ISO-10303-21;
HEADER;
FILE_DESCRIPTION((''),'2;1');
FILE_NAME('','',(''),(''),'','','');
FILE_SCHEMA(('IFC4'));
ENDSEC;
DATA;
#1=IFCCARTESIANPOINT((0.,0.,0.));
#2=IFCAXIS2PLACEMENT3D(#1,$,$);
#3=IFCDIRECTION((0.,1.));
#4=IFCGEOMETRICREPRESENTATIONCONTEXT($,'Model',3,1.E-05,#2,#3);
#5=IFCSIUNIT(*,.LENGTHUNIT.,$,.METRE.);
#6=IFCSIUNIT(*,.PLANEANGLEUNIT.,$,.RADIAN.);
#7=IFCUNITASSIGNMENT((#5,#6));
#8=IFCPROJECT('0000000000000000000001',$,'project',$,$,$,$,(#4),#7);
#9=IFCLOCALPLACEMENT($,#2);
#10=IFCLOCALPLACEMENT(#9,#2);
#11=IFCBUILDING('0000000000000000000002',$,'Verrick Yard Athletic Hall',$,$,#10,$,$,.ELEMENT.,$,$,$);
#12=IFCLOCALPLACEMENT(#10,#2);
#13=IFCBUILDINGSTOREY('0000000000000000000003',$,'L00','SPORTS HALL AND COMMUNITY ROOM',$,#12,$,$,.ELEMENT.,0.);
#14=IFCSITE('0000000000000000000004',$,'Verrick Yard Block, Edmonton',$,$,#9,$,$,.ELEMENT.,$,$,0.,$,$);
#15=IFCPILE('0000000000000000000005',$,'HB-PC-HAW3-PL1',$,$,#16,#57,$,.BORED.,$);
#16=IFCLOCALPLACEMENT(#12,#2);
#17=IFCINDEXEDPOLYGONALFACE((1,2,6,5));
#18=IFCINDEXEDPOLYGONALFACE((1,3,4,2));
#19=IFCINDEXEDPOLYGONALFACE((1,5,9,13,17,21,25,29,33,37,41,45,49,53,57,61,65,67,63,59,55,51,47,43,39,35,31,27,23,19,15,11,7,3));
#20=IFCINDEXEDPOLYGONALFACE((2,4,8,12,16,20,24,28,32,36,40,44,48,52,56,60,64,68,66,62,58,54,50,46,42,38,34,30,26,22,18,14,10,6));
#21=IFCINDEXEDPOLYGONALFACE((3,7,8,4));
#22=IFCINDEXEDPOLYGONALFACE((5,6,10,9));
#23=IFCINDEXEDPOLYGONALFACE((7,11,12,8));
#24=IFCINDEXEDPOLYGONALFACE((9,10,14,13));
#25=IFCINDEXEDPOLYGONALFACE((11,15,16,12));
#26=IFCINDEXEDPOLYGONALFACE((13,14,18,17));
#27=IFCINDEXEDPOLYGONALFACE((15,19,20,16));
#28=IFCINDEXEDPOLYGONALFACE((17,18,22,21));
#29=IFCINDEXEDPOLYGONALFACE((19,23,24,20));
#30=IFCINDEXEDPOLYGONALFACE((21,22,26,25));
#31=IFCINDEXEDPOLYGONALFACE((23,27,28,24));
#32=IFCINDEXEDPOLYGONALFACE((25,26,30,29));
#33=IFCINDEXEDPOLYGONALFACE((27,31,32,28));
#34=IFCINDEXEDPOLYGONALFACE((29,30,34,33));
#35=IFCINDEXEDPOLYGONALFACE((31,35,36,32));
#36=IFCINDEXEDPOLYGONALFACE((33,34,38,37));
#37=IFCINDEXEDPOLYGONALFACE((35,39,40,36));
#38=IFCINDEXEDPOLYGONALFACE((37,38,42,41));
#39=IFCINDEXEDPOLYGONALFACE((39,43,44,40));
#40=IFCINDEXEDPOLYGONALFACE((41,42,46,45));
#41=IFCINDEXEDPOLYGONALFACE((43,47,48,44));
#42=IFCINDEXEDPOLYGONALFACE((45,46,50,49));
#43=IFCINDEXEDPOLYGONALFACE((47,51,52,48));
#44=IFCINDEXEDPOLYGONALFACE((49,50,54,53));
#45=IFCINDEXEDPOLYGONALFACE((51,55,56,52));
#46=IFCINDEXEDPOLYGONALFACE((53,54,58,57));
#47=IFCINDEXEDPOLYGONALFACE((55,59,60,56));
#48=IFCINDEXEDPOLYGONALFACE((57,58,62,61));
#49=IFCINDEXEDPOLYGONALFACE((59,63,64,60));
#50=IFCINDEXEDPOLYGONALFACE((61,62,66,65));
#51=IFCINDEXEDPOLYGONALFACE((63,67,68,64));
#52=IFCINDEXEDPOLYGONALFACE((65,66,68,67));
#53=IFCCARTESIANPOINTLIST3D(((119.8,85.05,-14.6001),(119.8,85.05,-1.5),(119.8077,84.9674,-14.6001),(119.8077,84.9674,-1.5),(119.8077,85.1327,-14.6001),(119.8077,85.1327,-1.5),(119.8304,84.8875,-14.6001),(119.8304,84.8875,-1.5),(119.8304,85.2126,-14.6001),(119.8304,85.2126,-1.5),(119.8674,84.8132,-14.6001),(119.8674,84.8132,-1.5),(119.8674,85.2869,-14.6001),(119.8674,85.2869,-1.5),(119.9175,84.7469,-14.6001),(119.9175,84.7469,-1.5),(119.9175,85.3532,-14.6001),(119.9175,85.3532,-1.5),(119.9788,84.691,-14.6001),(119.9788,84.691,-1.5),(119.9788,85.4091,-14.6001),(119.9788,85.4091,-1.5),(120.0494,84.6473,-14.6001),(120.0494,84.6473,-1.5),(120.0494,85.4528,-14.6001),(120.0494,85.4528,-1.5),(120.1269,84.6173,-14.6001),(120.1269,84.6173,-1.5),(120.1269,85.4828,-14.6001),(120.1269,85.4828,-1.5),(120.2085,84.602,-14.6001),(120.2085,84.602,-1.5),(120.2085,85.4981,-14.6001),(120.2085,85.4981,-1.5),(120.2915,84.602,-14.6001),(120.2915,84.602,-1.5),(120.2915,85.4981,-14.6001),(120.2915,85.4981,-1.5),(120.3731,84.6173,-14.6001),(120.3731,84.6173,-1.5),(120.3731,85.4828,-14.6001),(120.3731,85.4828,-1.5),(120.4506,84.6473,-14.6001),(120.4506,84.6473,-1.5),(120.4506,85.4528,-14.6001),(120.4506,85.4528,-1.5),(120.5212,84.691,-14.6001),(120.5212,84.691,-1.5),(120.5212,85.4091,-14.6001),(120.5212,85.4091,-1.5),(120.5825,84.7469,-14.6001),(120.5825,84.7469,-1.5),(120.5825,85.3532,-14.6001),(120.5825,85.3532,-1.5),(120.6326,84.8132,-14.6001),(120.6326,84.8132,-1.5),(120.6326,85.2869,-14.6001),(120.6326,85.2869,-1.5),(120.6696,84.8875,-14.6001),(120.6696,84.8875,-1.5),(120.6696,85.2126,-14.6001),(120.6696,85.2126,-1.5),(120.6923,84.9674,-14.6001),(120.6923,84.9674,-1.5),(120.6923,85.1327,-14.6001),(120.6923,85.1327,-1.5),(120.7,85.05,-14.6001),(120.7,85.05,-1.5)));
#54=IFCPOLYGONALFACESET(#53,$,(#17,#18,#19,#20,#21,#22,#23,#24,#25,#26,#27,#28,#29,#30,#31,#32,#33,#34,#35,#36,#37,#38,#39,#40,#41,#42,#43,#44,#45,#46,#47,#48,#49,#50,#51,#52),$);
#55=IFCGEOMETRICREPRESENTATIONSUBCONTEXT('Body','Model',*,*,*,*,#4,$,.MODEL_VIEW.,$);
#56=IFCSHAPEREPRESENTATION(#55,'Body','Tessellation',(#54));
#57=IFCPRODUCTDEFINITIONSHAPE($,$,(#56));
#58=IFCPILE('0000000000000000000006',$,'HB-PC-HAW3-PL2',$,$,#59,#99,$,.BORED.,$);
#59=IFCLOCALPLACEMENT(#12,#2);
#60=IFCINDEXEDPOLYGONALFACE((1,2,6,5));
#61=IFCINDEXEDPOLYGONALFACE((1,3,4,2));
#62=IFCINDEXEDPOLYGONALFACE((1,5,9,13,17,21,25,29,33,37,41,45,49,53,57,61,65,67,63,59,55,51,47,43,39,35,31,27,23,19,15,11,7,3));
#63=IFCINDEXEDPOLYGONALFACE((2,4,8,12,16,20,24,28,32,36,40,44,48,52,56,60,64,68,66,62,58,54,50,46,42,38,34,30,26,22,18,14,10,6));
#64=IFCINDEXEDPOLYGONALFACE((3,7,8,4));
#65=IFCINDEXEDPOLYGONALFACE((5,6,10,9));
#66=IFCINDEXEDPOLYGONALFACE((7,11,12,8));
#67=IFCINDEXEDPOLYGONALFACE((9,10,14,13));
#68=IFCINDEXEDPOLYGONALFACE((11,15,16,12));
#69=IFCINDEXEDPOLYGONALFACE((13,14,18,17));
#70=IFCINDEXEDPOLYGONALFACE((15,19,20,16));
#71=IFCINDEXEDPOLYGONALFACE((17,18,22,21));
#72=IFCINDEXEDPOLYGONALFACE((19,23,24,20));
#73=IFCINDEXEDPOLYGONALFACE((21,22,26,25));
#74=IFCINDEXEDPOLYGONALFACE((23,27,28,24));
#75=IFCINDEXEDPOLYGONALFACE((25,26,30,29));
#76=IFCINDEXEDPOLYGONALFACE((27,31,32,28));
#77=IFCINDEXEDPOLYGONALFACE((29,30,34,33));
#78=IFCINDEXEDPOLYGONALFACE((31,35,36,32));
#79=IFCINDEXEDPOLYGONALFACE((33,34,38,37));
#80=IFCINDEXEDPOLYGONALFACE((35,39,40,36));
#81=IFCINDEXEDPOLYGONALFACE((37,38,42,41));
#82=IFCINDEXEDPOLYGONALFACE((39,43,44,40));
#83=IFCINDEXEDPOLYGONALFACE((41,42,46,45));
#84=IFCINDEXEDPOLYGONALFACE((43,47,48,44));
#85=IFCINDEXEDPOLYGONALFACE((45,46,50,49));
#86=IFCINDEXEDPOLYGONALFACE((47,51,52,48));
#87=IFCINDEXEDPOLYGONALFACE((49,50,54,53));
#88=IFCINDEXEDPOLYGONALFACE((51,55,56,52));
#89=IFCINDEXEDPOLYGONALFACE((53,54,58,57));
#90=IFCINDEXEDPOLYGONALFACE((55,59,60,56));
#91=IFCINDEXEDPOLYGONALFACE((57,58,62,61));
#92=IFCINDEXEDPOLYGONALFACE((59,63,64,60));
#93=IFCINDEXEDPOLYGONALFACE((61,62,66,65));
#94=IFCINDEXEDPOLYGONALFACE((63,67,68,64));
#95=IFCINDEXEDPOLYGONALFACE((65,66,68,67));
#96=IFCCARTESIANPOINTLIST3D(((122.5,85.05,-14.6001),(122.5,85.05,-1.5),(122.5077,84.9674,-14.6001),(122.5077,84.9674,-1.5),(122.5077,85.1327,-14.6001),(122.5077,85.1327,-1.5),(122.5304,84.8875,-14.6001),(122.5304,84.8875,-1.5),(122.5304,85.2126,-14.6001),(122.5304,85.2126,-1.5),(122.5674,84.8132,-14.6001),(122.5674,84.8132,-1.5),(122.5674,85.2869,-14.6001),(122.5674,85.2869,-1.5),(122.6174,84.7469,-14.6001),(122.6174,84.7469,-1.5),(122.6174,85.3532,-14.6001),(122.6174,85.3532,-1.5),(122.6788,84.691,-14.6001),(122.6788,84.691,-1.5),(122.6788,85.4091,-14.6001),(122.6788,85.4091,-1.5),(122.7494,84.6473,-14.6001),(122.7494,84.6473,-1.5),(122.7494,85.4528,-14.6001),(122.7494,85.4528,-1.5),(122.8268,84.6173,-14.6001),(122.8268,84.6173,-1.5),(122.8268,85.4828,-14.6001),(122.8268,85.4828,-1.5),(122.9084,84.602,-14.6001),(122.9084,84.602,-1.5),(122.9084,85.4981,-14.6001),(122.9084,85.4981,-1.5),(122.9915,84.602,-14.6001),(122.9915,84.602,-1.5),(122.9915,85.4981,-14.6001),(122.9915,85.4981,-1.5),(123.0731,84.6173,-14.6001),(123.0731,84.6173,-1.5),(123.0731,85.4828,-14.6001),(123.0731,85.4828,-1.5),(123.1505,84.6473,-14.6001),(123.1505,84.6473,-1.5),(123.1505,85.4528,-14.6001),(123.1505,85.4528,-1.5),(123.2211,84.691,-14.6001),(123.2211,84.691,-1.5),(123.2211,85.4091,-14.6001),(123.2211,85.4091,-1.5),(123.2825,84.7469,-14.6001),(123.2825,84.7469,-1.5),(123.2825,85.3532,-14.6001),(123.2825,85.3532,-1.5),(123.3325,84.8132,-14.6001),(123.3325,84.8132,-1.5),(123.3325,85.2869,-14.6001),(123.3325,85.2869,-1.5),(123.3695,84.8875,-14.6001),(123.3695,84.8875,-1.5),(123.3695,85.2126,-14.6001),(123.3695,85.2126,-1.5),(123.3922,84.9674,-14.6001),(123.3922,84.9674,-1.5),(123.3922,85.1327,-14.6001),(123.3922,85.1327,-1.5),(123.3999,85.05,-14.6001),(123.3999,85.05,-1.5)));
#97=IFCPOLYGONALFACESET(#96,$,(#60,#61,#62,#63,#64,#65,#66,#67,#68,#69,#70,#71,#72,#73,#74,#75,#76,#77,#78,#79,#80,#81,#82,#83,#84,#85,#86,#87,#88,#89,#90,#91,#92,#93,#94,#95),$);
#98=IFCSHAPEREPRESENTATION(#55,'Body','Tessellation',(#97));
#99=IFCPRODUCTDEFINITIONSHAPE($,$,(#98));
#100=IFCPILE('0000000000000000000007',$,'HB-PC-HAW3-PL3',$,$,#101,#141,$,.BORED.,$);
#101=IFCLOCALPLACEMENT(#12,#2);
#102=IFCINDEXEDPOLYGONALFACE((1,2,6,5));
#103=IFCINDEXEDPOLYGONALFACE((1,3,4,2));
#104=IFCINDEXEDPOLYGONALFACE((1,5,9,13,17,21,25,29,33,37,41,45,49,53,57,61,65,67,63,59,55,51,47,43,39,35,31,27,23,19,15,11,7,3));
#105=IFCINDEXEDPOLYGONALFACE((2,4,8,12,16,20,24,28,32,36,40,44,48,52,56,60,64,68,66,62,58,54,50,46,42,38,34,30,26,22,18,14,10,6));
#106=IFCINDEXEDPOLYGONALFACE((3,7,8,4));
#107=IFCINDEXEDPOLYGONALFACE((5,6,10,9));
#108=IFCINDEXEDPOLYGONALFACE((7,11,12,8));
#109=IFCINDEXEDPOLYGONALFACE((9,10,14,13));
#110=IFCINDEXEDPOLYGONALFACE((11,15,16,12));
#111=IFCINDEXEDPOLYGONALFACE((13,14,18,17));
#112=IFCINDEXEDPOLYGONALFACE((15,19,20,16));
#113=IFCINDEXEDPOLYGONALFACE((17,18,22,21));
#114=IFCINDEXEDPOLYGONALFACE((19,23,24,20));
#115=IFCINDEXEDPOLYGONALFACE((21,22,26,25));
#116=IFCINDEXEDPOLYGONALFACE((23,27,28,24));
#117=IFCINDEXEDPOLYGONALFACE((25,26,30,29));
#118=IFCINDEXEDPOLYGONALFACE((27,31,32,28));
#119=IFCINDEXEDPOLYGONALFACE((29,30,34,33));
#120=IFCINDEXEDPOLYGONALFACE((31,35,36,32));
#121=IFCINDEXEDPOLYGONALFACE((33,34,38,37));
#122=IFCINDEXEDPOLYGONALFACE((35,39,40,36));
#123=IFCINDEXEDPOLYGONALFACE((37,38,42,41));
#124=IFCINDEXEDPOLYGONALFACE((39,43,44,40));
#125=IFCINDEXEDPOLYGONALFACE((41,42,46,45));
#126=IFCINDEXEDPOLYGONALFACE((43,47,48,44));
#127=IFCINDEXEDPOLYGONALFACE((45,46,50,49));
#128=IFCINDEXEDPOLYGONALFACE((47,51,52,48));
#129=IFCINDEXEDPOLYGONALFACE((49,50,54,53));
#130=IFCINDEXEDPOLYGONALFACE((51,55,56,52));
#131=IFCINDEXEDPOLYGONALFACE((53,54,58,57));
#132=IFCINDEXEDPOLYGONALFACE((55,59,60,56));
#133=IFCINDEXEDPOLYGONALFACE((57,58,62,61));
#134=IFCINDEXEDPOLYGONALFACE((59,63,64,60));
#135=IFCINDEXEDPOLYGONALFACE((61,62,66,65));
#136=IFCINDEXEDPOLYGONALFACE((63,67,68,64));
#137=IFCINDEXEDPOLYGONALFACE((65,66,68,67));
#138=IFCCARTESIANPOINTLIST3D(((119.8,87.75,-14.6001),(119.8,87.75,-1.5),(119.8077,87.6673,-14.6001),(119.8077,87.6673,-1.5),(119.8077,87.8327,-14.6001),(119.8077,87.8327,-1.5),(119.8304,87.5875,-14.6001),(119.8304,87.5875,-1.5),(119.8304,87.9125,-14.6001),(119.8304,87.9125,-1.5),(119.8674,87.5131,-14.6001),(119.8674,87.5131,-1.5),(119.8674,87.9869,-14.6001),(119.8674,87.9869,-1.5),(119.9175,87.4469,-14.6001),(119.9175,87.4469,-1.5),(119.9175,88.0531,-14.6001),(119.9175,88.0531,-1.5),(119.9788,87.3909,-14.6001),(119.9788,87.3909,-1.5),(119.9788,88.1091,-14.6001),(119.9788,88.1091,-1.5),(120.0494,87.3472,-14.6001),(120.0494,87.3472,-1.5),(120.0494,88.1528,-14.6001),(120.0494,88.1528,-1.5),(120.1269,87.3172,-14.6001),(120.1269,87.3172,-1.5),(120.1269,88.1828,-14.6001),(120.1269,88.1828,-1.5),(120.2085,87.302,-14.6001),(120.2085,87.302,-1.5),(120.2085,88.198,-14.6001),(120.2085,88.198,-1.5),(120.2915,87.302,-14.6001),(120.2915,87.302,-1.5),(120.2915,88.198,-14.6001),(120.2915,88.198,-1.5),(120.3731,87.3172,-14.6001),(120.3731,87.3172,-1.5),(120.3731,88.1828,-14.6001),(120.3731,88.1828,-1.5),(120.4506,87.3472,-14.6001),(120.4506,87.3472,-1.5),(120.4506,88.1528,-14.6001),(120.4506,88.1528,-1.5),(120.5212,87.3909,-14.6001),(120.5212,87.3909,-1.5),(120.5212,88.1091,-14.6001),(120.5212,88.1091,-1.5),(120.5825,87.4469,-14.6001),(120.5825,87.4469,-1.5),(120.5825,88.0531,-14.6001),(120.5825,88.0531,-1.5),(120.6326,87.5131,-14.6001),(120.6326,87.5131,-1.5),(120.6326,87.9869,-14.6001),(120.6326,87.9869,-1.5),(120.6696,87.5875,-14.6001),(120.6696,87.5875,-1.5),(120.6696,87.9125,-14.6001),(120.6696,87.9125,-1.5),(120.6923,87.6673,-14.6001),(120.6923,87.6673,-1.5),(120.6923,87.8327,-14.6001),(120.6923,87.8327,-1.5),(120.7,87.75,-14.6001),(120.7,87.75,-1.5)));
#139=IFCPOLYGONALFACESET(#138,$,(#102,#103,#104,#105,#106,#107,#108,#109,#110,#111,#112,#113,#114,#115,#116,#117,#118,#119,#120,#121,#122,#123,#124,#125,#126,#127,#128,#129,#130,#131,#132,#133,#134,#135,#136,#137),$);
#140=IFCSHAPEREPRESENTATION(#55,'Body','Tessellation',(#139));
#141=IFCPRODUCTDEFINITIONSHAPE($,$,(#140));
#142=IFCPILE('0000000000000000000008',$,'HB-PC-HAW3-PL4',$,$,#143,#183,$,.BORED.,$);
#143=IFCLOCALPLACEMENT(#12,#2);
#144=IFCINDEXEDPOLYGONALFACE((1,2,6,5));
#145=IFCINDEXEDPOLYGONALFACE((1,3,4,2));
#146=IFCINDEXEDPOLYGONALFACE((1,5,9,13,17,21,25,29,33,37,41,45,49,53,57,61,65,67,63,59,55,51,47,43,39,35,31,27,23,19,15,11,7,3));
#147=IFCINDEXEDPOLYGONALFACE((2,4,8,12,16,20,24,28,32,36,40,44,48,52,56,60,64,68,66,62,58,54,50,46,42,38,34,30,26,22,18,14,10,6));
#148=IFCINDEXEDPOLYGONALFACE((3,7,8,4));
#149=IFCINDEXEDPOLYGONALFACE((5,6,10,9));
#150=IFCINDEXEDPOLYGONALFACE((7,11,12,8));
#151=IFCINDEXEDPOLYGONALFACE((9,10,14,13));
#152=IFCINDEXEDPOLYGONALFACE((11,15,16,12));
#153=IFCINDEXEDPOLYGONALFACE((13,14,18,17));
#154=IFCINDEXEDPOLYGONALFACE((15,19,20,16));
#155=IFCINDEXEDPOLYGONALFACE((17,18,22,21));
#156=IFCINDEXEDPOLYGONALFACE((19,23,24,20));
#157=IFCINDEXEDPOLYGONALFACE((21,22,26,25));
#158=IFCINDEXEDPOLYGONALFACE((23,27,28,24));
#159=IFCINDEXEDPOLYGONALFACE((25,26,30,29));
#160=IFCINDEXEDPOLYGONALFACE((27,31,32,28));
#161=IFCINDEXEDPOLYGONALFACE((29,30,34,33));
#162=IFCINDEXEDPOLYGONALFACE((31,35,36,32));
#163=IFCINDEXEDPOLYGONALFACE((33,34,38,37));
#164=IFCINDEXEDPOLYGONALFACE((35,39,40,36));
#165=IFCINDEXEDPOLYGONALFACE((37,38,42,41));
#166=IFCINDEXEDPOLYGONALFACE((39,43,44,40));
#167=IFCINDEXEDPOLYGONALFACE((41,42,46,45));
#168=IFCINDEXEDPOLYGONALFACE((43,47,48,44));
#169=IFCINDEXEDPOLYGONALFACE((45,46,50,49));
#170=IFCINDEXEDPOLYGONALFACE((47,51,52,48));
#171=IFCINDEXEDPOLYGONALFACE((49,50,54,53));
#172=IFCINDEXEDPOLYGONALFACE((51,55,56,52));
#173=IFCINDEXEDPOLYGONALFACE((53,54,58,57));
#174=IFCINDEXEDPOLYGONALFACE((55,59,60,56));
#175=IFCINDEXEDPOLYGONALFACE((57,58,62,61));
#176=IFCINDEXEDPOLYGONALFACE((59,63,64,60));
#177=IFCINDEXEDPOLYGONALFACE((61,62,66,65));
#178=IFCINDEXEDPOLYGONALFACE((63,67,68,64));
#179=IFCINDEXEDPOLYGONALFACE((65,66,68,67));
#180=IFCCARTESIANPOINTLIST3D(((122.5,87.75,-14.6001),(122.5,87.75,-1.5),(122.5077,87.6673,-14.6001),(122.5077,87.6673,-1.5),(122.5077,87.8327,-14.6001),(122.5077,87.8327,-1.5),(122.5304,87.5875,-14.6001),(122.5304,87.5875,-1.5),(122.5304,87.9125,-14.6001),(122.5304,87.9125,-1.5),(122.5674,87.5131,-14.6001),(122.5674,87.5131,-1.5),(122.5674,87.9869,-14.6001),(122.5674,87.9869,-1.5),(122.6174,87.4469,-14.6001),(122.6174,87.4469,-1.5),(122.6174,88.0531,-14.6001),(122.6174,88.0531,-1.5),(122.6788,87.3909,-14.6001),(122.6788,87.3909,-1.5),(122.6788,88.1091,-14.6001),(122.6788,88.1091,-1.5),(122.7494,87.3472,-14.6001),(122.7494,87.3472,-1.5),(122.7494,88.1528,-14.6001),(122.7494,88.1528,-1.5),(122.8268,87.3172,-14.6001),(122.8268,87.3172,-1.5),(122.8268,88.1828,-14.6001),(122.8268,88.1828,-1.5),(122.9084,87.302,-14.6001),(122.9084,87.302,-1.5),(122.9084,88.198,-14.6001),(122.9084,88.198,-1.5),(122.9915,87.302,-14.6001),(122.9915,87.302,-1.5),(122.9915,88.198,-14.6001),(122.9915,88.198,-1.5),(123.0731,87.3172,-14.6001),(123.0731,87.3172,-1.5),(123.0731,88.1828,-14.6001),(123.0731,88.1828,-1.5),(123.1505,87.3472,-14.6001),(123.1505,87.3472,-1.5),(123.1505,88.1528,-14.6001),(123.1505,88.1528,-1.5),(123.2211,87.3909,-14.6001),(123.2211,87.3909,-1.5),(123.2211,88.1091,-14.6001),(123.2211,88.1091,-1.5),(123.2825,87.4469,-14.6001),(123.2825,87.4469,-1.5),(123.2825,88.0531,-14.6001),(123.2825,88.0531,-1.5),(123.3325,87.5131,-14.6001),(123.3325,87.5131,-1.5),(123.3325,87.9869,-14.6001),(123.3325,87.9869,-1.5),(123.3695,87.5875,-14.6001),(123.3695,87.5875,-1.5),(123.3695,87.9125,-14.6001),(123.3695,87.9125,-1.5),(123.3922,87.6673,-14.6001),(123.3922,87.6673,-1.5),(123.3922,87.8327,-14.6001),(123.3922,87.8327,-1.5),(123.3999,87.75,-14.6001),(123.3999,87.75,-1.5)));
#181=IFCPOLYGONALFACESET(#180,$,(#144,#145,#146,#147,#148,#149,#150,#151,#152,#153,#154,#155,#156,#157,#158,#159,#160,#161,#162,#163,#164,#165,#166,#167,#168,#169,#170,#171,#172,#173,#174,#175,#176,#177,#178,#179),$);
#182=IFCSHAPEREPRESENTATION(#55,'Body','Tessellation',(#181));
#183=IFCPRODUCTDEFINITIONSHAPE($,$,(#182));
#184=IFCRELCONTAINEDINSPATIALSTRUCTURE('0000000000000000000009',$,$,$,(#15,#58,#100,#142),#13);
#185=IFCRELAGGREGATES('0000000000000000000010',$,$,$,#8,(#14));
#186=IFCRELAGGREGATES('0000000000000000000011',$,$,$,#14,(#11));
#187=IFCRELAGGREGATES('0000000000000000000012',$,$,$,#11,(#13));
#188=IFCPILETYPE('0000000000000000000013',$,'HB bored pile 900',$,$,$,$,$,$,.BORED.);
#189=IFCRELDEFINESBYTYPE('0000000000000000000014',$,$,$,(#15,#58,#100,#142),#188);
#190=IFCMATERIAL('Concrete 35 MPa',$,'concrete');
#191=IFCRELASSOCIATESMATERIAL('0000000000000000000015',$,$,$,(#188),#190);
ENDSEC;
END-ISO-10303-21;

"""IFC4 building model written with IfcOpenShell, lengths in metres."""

from ifc_helpers import new_model, si_unit, direction, frame, origin, origin_2d, place, context, subcontext, project, spatial, circle, extrude, material, material_profile, profile_set, type_object, element, save


model = new_model("IFC4")

# Units and contexts
model_context = context("Model", 3, precision=1e-05, world=origin(), true_north=direction((0.0, 1.0)))
body_context = subcontext(model_context, "Body", "Model", "MODEL_VIEW")
ifc_project = project(units=[si_unit("LENGTHUNIT", "METRE"), si_unit("PLANEANGLEUNIT", "RADIAN")], contexts=[model_context])

# Site, building, storey
site_placement = place(None, origin())
site = spatial("IfcSite", under=ifc_project, at=site_placement, Name="Verrick Yard Block, Edmonton", CompositionType="ELEMENT", RefElevation=0.0)
building_placement = place(site_placement, origin())
building = spatial("IfcBuilding", under=site, at=building_placement, Name="Verrick Yard Athletic Hall", CompositionType="ELEMENT")
storey_placement = place(building_placement, origin())
storey = spatial("IfcBuildingStorey", under=building, at=storey_placement, Name="L00", Description="SPORTS HALL AND COMMUNITY ROOM", CompositionType="ELEMENT", Elevation=0.0)

# Piles
ifc_material_1 = material(Name="Concrete 35 MPa", Category="concrete")
ifc_material_profile_1 = material_profile(ifc_material_1, circle(Radius=0.45, at=origin_2d()), Name="Bored pile 900")
ifc_profile_set_1 = profile_set([ifc_material_profile_1], Name="Concrete 35 MPa")
pile_type = type_object("IfcPileType", Name="HB bored pile 900", PredefinedType="BORED", material=ifc_profile_set_1)
for number, where, z_axis, x_axis, name in (
    (1, (120.25, 85.05, -1.5), (0.0, 0.0, -1.0), (1.0, 0.0, 0.0), "HB-PC-HAW3-PL1"),
    (2, (122.95, 85.05, -1.5), (0.0, 0.0, -1.0), (1.0, 0.0, 0.0), "HB-PC-HAW3-PL2"),
    (3, (120.25, 87.75, -1.5), (0.0, 0.0, -1.0), (1.0, 0.0, 0.0), "HB-PC-HAW3-PL3"),
    (4, (122.95, 87.75, -1.5), (0.0, 0.0, -1.0), (1.0, 0.0, 0.0), "HB-PC-HAW3-PL4"),
):
    element("IfcPile", number, at=place(storey_placement, frame(where, z_axis=z_axis, x_axis=x_axis)), inside=storey, type_object=pile_type, Name=name, PredefinedType="BORED", context=body_context, shape_type="SweptSolid", body=[
        extrude(circle(Radius=0.45, at=origin_2d()), origin(), (0.0, 0.0, 1.0), 13.1001),
    ])

save(model, "model.ifc")
